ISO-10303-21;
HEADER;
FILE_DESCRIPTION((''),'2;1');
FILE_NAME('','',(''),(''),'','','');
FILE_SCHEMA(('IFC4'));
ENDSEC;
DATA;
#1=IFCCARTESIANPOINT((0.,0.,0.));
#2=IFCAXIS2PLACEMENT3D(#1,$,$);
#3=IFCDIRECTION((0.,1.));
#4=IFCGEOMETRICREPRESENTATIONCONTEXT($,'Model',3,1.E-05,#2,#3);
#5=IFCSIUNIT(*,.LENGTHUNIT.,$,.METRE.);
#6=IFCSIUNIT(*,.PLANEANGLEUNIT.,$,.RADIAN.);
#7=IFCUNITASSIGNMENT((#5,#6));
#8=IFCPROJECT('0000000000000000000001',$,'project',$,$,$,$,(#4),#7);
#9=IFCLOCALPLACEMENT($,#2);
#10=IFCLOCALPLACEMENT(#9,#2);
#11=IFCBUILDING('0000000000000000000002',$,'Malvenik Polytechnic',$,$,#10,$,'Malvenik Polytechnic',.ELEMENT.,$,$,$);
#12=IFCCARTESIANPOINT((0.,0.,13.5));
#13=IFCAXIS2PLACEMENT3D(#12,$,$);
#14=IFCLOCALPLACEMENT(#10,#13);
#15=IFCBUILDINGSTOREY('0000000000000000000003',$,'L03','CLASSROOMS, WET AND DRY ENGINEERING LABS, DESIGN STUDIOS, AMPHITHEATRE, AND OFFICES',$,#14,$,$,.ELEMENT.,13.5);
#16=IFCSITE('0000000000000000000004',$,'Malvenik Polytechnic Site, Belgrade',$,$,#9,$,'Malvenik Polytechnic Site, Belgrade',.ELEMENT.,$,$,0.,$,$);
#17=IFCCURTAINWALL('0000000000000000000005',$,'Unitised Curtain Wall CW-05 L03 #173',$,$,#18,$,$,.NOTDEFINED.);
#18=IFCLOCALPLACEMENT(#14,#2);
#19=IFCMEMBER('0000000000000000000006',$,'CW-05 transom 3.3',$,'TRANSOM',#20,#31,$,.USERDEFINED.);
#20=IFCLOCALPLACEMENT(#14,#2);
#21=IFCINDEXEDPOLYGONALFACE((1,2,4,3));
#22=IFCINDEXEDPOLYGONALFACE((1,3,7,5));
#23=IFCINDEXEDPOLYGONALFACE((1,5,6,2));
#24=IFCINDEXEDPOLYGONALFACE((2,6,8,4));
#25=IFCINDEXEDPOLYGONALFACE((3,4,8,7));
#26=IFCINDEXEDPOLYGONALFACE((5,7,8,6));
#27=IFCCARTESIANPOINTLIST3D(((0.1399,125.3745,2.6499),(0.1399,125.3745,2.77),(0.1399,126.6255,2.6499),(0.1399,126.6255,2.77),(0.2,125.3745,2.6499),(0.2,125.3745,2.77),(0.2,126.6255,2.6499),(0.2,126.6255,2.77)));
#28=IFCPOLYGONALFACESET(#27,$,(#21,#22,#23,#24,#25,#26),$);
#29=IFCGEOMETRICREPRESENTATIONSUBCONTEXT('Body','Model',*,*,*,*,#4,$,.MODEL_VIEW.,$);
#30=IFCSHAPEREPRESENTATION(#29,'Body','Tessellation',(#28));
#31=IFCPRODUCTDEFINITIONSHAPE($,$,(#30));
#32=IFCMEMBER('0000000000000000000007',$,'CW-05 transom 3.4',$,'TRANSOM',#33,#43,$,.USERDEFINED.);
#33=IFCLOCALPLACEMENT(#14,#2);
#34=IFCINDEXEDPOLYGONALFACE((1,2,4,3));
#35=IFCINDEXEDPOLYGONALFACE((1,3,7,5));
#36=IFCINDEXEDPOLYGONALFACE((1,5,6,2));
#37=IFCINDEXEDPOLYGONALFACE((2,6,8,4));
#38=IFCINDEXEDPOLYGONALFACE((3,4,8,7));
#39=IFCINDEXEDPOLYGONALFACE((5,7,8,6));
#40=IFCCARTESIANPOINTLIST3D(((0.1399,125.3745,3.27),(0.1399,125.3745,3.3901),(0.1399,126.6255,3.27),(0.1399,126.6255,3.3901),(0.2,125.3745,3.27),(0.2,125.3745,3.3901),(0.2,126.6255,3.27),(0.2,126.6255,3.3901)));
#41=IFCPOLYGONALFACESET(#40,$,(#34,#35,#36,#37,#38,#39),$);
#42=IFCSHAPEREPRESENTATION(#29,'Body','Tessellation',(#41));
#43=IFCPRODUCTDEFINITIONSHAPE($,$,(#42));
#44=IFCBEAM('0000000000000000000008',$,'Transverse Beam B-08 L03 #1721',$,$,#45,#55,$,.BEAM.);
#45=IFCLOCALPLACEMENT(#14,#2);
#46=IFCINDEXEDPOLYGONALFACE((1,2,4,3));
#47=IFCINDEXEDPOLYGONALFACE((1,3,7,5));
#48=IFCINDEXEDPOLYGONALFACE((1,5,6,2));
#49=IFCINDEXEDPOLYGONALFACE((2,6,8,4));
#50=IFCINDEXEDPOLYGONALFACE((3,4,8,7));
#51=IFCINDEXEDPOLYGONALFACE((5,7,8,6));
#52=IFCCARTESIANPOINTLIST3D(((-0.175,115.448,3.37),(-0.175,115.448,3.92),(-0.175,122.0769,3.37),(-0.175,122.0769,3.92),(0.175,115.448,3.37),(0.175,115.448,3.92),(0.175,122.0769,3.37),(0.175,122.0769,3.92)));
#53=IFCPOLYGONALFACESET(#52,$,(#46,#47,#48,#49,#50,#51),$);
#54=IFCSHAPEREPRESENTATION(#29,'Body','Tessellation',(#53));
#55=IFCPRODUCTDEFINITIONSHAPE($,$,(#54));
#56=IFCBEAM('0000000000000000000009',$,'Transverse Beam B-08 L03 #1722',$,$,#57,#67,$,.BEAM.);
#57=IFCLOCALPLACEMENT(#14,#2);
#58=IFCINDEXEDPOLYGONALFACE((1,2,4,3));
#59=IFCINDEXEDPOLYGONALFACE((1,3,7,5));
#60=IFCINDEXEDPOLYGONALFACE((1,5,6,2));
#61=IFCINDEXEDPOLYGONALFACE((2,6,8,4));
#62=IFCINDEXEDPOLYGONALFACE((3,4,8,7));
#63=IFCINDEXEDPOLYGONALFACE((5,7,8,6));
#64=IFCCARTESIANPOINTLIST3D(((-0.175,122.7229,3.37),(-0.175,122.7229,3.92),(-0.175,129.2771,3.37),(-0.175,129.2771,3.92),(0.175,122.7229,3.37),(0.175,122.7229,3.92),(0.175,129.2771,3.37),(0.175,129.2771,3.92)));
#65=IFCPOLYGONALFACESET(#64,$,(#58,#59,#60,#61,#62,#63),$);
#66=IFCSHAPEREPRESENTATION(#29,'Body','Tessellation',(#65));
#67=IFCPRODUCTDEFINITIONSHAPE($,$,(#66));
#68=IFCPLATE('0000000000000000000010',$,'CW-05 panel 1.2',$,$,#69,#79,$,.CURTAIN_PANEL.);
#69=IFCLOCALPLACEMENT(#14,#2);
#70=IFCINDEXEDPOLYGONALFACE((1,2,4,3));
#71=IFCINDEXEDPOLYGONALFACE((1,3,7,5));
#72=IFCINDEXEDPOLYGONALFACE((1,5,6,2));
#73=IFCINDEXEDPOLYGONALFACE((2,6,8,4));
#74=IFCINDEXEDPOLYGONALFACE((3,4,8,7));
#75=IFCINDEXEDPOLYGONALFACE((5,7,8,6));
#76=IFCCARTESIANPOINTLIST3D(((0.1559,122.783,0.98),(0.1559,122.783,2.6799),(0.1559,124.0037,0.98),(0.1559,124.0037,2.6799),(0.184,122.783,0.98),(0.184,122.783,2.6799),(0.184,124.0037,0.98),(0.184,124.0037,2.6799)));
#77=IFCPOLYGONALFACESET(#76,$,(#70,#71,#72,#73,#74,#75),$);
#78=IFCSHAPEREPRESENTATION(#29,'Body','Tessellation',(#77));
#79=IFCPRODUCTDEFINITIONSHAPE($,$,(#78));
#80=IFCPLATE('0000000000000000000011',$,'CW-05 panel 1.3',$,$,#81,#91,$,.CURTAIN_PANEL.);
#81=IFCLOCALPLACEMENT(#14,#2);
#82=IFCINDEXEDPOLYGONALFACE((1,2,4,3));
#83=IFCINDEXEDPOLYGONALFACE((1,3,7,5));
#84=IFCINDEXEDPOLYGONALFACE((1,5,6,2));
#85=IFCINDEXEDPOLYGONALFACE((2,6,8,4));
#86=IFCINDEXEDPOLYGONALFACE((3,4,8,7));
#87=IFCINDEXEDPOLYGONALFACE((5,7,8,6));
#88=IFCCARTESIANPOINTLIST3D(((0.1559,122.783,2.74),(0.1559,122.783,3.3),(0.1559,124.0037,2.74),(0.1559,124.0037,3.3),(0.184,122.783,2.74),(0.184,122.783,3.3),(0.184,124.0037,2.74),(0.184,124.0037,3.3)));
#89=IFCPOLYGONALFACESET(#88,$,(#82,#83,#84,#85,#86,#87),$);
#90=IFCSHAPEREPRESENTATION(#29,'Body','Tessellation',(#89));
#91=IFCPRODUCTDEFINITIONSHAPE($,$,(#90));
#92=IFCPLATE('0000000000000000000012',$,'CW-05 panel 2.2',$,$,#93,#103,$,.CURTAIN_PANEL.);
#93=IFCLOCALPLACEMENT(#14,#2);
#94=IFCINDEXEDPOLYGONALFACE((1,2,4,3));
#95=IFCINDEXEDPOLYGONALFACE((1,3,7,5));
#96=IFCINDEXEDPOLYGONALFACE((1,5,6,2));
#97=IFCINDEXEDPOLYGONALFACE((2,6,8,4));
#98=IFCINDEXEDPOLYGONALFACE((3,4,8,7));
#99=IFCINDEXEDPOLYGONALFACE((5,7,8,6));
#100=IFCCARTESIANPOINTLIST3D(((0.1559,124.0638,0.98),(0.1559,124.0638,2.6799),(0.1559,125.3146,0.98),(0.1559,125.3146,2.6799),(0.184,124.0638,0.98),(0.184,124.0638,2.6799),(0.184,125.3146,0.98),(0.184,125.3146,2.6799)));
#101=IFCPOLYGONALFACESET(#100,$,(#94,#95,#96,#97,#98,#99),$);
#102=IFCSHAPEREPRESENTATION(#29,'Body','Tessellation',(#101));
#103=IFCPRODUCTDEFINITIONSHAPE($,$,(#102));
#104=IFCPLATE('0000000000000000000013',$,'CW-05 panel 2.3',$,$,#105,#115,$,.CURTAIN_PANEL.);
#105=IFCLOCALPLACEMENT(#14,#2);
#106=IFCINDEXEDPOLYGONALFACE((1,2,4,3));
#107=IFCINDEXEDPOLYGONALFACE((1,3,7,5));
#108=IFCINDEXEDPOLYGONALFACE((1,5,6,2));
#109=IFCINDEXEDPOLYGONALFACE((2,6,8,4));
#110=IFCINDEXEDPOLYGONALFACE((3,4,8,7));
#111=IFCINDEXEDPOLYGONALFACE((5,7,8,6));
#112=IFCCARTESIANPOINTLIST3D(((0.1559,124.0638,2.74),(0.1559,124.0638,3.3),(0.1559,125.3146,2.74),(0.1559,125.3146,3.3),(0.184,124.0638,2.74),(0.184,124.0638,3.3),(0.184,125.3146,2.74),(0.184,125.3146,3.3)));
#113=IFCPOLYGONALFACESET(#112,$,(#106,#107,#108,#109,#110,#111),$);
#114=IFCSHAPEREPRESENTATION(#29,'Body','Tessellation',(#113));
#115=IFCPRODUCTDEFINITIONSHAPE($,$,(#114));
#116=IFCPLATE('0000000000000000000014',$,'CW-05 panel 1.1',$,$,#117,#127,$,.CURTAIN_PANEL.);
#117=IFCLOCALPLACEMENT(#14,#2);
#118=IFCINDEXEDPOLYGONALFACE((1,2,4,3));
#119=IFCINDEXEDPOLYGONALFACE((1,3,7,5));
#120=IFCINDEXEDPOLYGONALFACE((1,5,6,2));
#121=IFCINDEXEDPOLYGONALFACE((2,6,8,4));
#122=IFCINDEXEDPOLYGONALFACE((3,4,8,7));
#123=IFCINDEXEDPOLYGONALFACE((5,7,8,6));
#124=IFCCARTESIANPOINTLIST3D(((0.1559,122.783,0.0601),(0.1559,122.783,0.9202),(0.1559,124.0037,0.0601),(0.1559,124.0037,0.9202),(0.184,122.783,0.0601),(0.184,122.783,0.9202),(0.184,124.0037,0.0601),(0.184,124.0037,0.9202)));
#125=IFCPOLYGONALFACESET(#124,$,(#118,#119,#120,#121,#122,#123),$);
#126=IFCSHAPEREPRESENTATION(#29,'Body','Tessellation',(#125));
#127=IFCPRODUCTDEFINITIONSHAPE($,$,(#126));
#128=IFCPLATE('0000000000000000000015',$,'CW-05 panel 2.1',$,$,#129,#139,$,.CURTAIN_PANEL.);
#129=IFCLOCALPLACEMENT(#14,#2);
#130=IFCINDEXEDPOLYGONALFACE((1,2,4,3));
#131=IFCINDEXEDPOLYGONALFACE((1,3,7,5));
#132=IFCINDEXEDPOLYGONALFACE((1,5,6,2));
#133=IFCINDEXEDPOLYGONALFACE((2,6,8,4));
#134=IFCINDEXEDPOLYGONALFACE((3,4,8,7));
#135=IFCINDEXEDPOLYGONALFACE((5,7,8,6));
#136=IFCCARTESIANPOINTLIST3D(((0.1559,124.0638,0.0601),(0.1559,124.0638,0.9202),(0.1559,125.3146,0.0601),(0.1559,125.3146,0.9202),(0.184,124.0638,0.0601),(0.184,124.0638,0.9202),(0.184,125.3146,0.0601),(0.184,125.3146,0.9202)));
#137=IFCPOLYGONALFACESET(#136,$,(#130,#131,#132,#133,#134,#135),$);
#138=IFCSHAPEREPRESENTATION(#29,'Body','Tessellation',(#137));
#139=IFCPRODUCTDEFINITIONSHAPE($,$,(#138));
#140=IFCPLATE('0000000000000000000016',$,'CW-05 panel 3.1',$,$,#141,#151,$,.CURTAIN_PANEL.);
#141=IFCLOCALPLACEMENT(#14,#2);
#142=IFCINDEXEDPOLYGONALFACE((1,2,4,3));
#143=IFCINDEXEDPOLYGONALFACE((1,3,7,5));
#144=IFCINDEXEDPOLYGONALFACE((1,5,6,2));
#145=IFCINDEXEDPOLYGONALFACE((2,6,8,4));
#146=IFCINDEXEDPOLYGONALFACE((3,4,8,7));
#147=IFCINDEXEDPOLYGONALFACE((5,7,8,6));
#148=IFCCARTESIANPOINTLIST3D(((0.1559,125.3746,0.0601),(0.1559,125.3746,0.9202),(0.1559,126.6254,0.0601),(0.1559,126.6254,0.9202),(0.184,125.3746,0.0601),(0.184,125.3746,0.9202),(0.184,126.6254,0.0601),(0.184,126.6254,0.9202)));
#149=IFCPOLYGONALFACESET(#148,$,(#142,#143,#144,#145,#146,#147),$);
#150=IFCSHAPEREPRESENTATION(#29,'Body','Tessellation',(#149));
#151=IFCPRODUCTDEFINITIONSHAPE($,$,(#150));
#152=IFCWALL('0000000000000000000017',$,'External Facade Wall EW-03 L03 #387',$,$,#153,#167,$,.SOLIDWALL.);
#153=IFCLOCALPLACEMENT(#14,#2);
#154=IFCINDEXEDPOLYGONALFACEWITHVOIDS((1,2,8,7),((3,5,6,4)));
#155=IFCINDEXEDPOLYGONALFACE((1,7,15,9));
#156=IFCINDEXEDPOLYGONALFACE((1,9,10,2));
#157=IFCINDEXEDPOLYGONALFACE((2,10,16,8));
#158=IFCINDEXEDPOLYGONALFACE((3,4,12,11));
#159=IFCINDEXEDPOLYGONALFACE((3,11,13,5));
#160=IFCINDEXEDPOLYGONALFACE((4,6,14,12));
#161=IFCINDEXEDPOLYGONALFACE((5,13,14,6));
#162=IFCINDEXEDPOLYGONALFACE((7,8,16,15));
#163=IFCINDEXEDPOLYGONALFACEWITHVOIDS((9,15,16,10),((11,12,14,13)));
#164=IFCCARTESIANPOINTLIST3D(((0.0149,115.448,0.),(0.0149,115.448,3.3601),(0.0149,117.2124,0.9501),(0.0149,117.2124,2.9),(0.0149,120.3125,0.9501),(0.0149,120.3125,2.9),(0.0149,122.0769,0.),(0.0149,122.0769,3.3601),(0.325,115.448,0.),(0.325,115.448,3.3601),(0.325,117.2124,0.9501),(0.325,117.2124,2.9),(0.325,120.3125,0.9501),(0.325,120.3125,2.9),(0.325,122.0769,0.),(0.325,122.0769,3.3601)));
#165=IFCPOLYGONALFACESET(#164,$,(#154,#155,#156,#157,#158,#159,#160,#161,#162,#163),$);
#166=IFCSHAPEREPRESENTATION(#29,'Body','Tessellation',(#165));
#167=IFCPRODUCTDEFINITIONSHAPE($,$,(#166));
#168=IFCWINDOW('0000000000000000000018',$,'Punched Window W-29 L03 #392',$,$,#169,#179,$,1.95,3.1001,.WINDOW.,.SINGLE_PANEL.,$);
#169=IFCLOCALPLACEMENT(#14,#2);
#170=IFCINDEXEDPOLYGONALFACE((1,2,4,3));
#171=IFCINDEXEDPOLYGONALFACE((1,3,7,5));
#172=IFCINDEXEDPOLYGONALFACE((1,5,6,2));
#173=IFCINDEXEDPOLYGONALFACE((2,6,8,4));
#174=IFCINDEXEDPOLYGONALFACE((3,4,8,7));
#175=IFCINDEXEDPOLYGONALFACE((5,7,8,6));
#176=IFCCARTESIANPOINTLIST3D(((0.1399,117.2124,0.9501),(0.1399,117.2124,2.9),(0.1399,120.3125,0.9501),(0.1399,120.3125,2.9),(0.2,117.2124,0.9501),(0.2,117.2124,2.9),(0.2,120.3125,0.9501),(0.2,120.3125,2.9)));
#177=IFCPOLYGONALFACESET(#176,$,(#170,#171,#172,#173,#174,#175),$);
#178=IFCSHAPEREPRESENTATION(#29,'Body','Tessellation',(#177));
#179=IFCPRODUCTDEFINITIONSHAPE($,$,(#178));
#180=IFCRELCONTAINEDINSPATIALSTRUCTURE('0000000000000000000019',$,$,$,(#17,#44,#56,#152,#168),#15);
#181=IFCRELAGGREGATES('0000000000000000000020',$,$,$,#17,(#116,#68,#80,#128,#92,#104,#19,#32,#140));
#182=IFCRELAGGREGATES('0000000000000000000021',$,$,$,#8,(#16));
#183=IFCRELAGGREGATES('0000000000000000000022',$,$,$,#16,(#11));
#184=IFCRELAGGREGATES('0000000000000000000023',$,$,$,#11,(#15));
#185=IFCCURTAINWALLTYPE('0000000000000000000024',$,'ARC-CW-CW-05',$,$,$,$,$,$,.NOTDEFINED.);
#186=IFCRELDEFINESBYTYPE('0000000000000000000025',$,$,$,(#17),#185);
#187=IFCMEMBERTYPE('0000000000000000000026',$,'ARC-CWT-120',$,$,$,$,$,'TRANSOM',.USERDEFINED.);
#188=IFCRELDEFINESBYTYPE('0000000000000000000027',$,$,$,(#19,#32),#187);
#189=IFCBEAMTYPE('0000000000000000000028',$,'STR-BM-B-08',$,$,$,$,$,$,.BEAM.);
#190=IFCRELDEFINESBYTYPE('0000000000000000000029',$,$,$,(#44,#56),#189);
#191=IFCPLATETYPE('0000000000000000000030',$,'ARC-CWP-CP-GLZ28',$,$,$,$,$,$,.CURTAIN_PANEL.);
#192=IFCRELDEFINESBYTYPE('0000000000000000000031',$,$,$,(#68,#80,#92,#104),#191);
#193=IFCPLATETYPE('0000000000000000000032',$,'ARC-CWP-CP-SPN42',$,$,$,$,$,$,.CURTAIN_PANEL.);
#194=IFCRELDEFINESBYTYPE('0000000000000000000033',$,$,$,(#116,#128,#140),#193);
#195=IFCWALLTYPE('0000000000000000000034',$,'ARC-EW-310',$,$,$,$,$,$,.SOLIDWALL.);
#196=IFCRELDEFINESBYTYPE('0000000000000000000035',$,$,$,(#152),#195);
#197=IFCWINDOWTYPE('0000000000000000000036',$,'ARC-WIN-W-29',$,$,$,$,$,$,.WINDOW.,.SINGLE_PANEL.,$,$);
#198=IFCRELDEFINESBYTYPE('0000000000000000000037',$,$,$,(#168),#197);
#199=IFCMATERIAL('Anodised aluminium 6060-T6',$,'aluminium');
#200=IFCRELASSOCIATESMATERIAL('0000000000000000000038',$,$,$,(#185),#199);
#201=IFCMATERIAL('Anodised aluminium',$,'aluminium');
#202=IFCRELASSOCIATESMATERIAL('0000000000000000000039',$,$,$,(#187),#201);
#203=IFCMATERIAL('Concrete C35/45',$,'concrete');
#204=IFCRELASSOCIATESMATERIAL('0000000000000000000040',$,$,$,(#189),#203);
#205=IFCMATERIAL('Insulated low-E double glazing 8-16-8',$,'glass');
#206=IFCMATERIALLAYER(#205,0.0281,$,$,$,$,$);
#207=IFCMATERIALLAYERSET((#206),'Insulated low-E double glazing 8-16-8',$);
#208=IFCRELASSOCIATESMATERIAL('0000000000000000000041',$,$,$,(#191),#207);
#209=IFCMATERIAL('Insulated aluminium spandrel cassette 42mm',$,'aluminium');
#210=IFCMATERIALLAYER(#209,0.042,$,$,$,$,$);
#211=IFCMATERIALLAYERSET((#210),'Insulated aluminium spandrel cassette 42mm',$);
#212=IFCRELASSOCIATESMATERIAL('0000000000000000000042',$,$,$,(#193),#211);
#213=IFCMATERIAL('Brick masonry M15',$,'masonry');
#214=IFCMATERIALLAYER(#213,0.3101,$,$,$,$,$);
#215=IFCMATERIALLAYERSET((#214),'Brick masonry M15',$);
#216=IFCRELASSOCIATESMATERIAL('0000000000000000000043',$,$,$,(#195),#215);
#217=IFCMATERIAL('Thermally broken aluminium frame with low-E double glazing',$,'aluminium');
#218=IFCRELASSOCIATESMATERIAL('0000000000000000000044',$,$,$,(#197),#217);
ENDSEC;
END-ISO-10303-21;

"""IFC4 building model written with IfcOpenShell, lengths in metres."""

from ifc_helpers import new_model, si_unit, direction, frame, frame_2d, origin, origin_2d, place, context, subcontext, project, spatial, rectangle, extrude, material, layer, layer_set, material_profile, profile_set, type_object, element, fill, aggregate, save


model = new_model("IFC4")

# Units and contexts
model_context = context("Model", 3, precision=1e-05, world=origin(), true_north=direction((0.0, 1.0)))
body_context = subcontext(model_context, "Body", "Model", "MODEL_VIEW")
ifc_project = project(units=[si_unit("LENGTHUNIT", "METRE"), si_unit("PLANEANGLEUNIT", "RADIAN")], contexts=[model_context])

# Site, building, storey
site_placement = place(None, origin())
site = spatial("IfcSite", under=ifc_project, at=site_placement, Name="Malvenik Polytechnic Site, Belgrade", LongName="Malvenik Polytechnic Site, Belgrade", CompositionType="ELEMENT", RefElevation=0.0)
building_placement = place(site_placement, origin())
building = spatial("IfcBuilding", under=site, at=building_placement, Name="Malvenik Polytechnic", LongName="Malvenik Polytechnic", CompositionType="ELEMENT")
storey_placement = place(building_placement, frame((0.0, 0.0, 13.5)))
storey = spatial("IfcBuildingStorey", under=building, at=storey_placement, Name="L03", Description="CLASSROOMS, WET AND DRY ENGINEERING LABS, DESIGN STUDIOS, AMPHITHEATRE, AND OFFICES", CompositionType="ELEMENT", Elevation=13.5)

# Shared definitions
ifc_material_1 = material(Name="Concrete C35/45", Category="concrete")

# Curtain wall, members
ifc_material_2 = material(Name="Anodised aluminium 6060-T6", Category="aluminium")
curtain_wall_type = type_object("IfcCurtainWallType", Name="ARC-CW-CW-05", PredefinedType="NOTDEFINED", material=ifc_material_2)
curtain_wall_placement = place(storey_placement, origin())
curtain_wall = element("IfcCurtainWall", 1, at=curtain_wall_placement, inside=storey, type_object=curtain_wall_type, Name="Unitised Curtain Wall CW-05 L03 #173", PredefinedType="NOTDEFINED")
ifc_material_3 = material(Name="Anodised aluminium", Category="aluminium")
ifc_material_profile_1 = material_profile(ifc_material_3, rectangle(XDim=0.0601, YDim=0.1201, at=origin_2d()), Name="ALU TRANSOM 60x120")
ifc_profile_set_1 = profile_set([ifc_material_profile_1], Name="Anodised aluminium")
member_type_1 = type_object("IfcMemberType", Name="ARC-CWT-120", ElementType="TRANSOM", PredefinedType="USERDEFINED", material=ifc_profile_set_1)
member_1_placement = place(storey_placement, frame((0.1699, 125.3745, 2.71), z_axis=(0.0, 1.0, 0.0), x_axis=(-1.0, 0.0, 0.0)))
member_1 = element("IfcMember", 2, at=member_1_placement, type_object=member_type_1, Name="CW-05 transom 3.3", ObjectType="TRANSOM", PredefinedType="USERDEFINED", context=body_context, shape_type="SweptSolid", body=[
    extrude(rectangle(XDim=0.0601, YDim=0.1201, at=origin_2d()), origin(), (0.0, 0.0, 1.0), 1.251),
])
member_2_placement = place(storey_placement, frame((0.1699, 125.3745, 3.3301), z_axis=(0.0, 1.0, 0.0), x_axis=(-1.0, 0.0, 0.0)))
member_2 = element("IfcMember", 3, at=member_2_placement, type_object=member_type_1, Name="CW-05 transom 3.4", ObjectType="TRANSOM", PredefinedType="USERDEFINED", context=body_context, shape_type="SweptSolid", body=[
    extrude(rectangle(XDim=0.0601, YDim=0.1201, at=origin_2d()), origin(), (0.0, 0.0, 1.0), 1.251),
])

# Beams
ifc_material_profile_2 = material_profile(ifc_material_1, rectangle(XDim=0.3501, YDim=0.55, at=origin_2d()), Name="RC BM 350x550")
ifc_profile_set_2 = profile_set([ifc_material_profile_2], Name="Concrete C35/45")
beam_type = type_object("IfcBeamType", Name="STR-BM-B-08", PredefinedType="BEAM", material=ifc_profile_set_2)
beam_1_placement = place(storey_placement, frame((0.0, 115.448, 3.645), z_axis=(0.0, 1.0, 0.0), x_axis=(-1.0, 0.0, 0.0)))
element("IfcBeam", 4, at=beam_1_placement, inside=storey, type_object=beam_type, Name="Transverse Beam B-08 L03 #1721", PredefinedType="BEAM", context=body_context, shape_type="SweptSolid", body=[
    extrude(rectangle(XDim=0.3501, YDim=0.55, at=origin_2d()), origin(), (0.0, 0.0, 1.0), 6.6289),
])
beam_2_placement = place(storey_placement, frame((0.0, 122.7229, 3.645), z_axis=(0.0, 1.0, 0.0), x_axis=(-1.0, 0.0, 0.0)))
element("IfcBeam", 5, at=beam_2_placement, inside=storey, type_object=beam_type, Name="Transverse Beam B-08 L03 #1722", PredefinedType="BEAM", context=body_context, shape_type="SweptSolid", body=[
    extrude(rectangle(XDim=0.3501, YDim=0.55, at=origin_2d()), origin(), (0.0, 0.0, 1.0), 6.5542),
])

# Plates
ifc_material_4 = material(Name="Insulated low-E double glazing 8-16-8", Category="glass")
ifc_layer_1 = layer(ifc_material_4, 0.0281)
ifc_layer_set_1 = layer_set([ifc_layer_1], Name="Insulated low-E double glazing 8-16-8")
plate_type_1 = type_object("IfcPlateType", Name="ARC-CWP-CP-GLZ28", PredefinedType="CURTAIN_PANEL", material=ifc_layer_set_1)
plate_1_placement = place(storey_placement, frame((0.1699, 123.3933, 0.98), z_axis=(0.0, 0.0, 1.0), x_axis=(0.0, 1.0, 0.0)))
plate_1 = element("IfcPlate", 6, at=plate_1_placement, type_object=plate_type_1, Name="CW-05 panel 1.2", PredefinedType="CURTAIN_PANEL", context=body_context, shape_type="SweptSolid", body=[
    extrude(rectangle(XDim=1.2207, YDim=0.0281, at=origin_2d()), origin(), (0.0, 0.0, 1.0), 1.7),
])
plate_2_placement = place(storey_placement, frame((0.1699, 123.3933, 2.74), z_axis=(0.0, 0.0, 1.0), x_axis=(0.0, 1.0, 0.0)))
plate_2 = element("IfcPlate", 7, at=plate_2_placement, type_object=plate_type_1, Name="CW-05 panel 1.3", PredefinedType="CURTAIN_PANEL", context=body_context, shape_type="SweptSolid", body=[
    extrude(rectangle(XDim=1.2207, YDim=0.0281, at=origin_2d()), origin(), (0.0, 0.0, 1.0), 0.5601),
])
plate_3_placement = place(storey_placement, frame((0.1699, 124.6892, 0.98), z_axis=(0.0, 0.0, 1.0), x_axis=(0.0, 1.0, 0.0)))
plate_3 = element("IfcPlate", 8, at=plate_3_placement, type_object=plate_type_1, Name="CW-05 panel 2.2", PredefinedType="CURTAIN_PANEL", context=body_context, shape_type="SweptSolid", body=[
    extrude(rectangle(XDim=1.2507, YDim=0.0281, at=origin_2d()), origin(), (0.0, 0.0, 1.0), 1.7),
])
plate_4_placement = place(storey_placement, frame((0.1699, 124.6892, 2.74), z_axis=(0.0, 0.0, 1.0), x_axis=(0.0, 1.0, 0.0)))
plate_4 = element("IfcPlate", 9, at=plate_4_placement, type_object=plate_type_1, Name="CW-05 panel 2.3", PredefinedType="CURTAIN_PANEL", context=body_context, shape_type="SweptSolid", body=[
    extrude(rectangle(XDim=1.2507, YDim=0.0281, at=origin_2d()), origin(), (0.0, 0.0, 1.0), 0.5601),
])
ifc_material_5 = material(Name="Insulated aluminium spandrel cassette 42mm", Category="aluminium")
ifc_layer_2 = layer(ifc_material_5, 0.042)
ifc_layer_set_2 = layer_set([ifc_layer_2], Name="Insulated aluminium spandrel cassette 42mm")
plate_type_2 = type_object("IfcPlateType", Name="ARC-CWP-CP-SPN42", PredefinedType="CURTAIN_PANEL", material=ifc_layer_set_2)
plate_5_placement = place(storey_placement, frame((0.1699, 123.3933, 0.0601), z_axis=(0.0, 0.0, 1.0), x_axis=(0.0, 1.0, 0.0)))
plate_5 = element("IfcPlate", 10, at=plate_5_placement, type_object=plate_type_2, Name="CW-05 panel 1.1", PredefinedType="CURTAIN_PANEL", context=body_context, shape_type="SweptSolid", body=[
    extrude(rectangle(XDim=1.2207, YDim=0.0281, at=origin_2d()), origin(), (0.0, 0.0, 1.0), 0.8601),
])
plate_6_placement = place(storey_placement, frame((0.1699, 124.6892, 0.0601), z_axis=(0.0, 0.0, 1.0), x_axis=(0.0, 1.0, 0.0)))
plate_6 = element("IfcPlate", 11, at=plate_6_placement, type_object=plate_type_2, Name="CW-05 panel 2.1", PredefinedType="CURTAIN_PANEL", context=body_context, shape_type="SweptSolid", body=[
    extrude(rectangle(XDim=1.2507, YDim=0.0281, at=origin_2d()), origin(), (0.0, 0.0, 1.0), 0.8601),
])
plate_7_placement = place(storey_placement, frame((0.1699, 126.0, 0.0601), z_axis=(0.0, 0.0, 1.0), x_axis=(0.0, 1.0, 0.0)))
plate_7 = element("IfcPlate", 12, at=plate_7_placement, type_object=plate_type_2, Name="CW-05 panel 3.1", PredefinedType="CURTAIN_PANEL", context=body_context, shape_type="SweptSolid", body=[
    extrude(rectangle(XDim=1.2507, YDim=0.0281, at=origin_2d()), origin(), (0.0, 0.0, 1.0), 0.8601),
])
aggregate(curtain_wall, [plate_5, plate_1, plate_2, plate_6, plate_3, plate_4, member_1, member_2, plate_7])

# Wall, opening, window
ifc_material_6 = material(Name="Brick masonry M15", Category="masonry")
ifc_layer_3 = layer(ifc_material_6, 0.3101)
ifc_layer_set_3 = layer_set([ifc_layer_3], Name="Brick masonry M15")
wall_type = type_object("IfcWallType", Name="ARC-EW-310", PredefinedType="SOLIDWALL", material=ifc_layer_set_3)
wall_placement = place(storey_placement, frame((0.1699, 115.448, 0.0), z_axis=(0.0, 0.0, 1.0), x_axis=(0.0, 1.0, 0.0)))
wall = element("IfcWall", 13, at=wall_placement, inside=storey, type_object=wall_type, Name="External Facade Wall EW-03 L03 #387", PredefinedType="SOLIDWALL", context=body_context, shape_type="SweptSolid", body=[
    extrude(rectangle(XDim=6.6289, YDim=0.3101, at=frame_2d((3.3145, 0.0))), origin(), (0.0, 0.0, 1.0), 3.3601),
])
opening_placement = place(wall_placement, frame((1.7644, 0.0, 0.95)))
opening = element("IfcOpeningElement", 14, at=opening_placement, cuts=wall, PredefinedType="OPENING", context=body_context, shape_type="SweptSolid", body=[
    extrude(rectangle(XDim=3.1001, YDim=1.95, at=frame_2d((1.55, 0.9751))), frame((0.0, 0.165, 0.0), z_axis=(0.0, -1.0, 0.0), x_axis=(1.0, 0.0, 0.0)), (0.0, 0.0, 1.0), 0.3301),
])
ifc_material_7 = material(Name="Thermally broken aluminium frame with low-E double glazing", Category="aluminium")
window_type = type_object("IfcWindowType", Name="ARC-WIN-W-29", PartitioningType="SINGLE_PANEL", PredefinedType="WINDOW", material=ifc_material_7)
window_placement = place(opening_placement, origin())
window = element("IfcWindow", 15, at=window_placement, inside=storey, type_object=window_type, Name="Punched Window W-29 L03 #392", OverallHeight=1.95, OverallWidth=3.1001, PartitioningType="SINGLE_PANEL", PredefinedType="WINDOW", context=body_context, shape_type="SweptSolid", body=[
    extrude(rectangle(XDim=3.1001, YDim=1.95, at=frame_2d((1.55, 0.9751))), frame((0.0, 0.03, 0.0), z_axis=(0.0, -1.0, 0.0), x_axis=(1.0, 0.0, 0.0)), (0.0, 0.0, 1.0), 0.0601),
])
fill(opening, window)

save(model, "model.ifc")
